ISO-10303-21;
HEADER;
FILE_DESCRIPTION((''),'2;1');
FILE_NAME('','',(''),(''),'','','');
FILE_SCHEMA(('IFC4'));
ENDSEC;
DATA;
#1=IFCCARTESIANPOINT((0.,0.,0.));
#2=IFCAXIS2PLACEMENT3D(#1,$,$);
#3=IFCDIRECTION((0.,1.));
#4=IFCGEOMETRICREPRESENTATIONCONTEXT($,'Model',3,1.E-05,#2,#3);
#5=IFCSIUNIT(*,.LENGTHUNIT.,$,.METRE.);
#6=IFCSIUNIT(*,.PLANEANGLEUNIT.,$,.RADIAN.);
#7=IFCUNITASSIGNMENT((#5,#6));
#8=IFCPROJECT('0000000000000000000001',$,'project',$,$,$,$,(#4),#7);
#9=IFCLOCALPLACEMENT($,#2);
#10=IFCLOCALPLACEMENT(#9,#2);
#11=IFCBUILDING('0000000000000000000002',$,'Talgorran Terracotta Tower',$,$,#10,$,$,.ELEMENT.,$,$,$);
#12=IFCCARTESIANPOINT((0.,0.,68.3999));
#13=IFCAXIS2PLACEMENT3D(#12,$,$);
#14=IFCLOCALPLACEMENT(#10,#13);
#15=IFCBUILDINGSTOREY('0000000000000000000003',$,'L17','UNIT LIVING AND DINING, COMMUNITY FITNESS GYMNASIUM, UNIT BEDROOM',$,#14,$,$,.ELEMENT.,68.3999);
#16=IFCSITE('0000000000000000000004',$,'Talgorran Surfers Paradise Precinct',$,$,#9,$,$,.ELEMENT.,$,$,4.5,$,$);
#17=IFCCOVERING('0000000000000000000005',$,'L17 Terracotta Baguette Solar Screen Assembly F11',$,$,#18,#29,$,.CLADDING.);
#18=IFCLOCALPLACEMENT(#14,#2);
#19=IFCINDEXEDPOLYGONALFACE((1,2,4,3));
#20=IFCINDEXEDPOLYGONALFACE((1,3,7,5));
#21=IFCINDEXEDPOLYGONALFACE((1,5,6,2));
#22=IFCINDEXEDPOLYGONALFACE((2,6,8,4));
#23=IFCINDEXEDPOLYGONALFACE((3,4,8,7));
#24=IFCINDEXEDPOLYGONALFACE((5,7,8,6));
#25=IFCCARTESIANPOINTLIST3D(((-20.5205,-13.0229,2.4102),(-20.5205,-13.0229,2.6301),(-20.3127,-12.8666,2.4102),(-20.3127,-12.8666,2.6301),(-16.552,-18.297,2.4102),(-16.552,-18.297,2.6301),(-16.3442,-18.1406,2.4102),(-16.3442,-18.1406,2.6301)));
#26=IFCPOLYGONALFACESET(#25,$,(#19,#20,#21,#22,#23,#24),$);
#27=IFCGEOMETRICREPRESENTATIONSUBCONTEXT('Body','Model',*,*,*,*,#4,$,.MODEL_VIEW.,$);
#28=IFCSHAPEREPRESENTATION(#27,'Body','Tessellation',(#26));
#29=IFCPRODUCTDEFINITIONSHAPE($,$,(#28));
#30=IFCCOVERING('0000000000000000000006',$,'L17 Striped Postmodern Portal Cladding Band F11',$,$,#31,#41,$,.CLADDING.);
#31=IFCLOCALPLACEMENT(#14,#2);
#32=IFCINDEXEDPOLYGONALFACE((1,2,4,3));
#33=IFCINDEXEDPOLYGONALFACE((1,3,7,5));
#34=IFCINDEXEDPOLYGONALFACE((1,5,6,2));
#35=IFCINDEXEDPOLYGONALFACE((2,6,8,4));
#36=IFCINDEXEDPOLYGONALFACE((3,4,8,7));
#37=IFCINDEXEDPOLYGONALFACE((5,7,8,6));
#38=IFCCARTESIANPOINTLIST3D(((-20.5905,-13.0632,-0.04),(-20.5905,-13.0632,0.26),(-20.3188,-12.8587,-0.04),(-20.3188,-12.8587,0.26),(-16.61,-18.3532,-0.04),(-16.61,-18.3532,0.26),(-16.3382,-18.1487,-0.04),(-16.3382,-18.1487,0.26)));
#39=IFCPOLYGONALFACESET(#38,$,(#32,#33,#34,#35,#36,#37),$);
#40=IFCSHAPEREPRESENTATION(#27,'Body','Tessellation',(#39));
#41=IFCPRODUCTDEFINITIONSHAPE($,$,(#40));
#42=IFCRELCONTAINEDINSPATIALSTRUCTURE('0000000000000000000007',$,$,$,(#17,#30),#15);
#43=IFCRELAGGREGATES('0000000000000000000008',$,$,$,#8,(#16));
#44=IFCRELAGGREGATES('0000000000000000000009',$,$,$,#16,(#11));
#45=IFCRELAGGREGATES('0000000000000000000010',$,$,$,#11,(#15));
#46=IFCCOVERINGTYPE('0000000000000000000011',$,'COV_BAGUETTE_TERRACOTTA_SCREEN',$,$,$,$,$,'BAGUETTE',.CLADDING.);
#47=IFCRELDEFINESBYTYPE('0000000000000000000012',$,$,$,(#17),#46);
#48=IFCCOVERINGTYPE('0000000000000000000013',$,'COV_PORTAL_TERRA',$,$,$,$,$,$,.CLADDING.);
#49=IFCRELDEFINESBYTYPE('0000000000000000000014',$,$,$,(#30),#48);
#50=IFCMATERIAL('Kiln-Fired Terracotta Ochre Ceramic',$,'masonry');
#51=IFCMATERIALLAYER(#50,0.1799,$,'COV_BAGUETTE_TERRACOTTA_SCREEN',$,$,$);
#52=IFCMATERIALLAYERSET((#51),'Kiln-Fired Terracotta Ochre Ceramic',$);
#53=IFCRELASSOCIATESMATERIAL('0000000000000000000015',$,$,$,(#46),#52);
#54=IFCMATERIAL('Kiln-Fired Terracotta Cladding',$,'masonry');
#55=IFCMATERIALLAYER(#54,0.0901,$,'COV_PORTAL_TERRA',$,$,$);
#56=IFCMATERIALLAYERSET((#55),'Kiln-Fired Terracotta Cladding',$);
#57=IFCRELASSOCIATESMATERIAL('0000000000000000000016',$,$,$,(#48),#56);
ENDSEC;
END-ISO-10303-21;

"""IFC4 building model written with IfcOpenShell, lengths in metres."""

from ifc_helpers import new_model, si_unit, direction, frame, origin, origin_2d, place, context, subcontext, project, spatial, rectangle, extrude, material, layer, layer_set, type_object, element, save


model = new_model("IFC4")

# Units and contexts
model_context = context("Model", 3, precision=1e-05, world=origin(), true_north=direction((0.0, 1.0)))
body_context = subcontext(model_context, "Body", "Model", "MODEL_VIEW")
ifc_project = project(units=[si_unit("LENGTHUNIT", "METRE"), si_unit("PLANEANGLEUNIT", "RADIAN")], contexts=[model_context])

# Site, building, storey
site_placement = place(None, origin())
site = spatial("IfcSite", under=ifc_project, at=site_placement, Name="Talgorran Surfers Paradise Precinct", CompositionType="ELEMENT", RefElevation=4.5)
building_placement = place(site_placement, origin())
building = spatial("IfcBuilding", under=site, at=building_placement, Name="Talgorran Terracotta Tower", CompositionType="ELEMENT")
storey_placement = place(building_placement, frame((0.0, 0.0, 68.3999)))
storey = spatial("IfcBuildingStorey", under=building, at=storey_placement, Name="L17", Description="UNIT LIVING AND DINING, COMMUNITY FITNESS GYMNASIUM, UNIT BEDROOM", CompositionType="ELEMENT", Elevation=68.3999)

# Coverings
ifc_material_1 = material(Name="Kiln-Fired Terracotta Ochre Ceramic", Category="masonry")
ifc_layer_1 = layer(ifc_material_1, 0.1799, Name="COV_BAGUETTE_TERRACOTTA_SCREEN")
ifc_layer_set_1 = layer_set([ifc_layer_1], Name="Kiln-Fired Terracotta Ochre Ceramic")
covering_type_1 = type_object("IfcCoveringType", Name="COV_BAGUETTE_TERRACOTTA_SCREEN", ElementType="BAGUETTE", PredefinedType="CLADDING", material=ifc_layer_set_1)
covering_1_placement = place(storey_placement, frame((-18.4324, -15.5818, 2.4102), z_axis=(0.0, 0.0, 1.0), x_axis=(0.601257, -0.799055, 0.0)))
element("IfcCovering", 1, at=covering_1_placement, inside=storey, type_object=covering_type_1, Name="L17 Terracotta Baguette Solar Screen Assembly F11", PredefinedType="CLADDING", context=body_context, shape_type="SweptSolid", body=[
    extrude(rectangle(XDim=6.6003, YDim=0.26, at=origin_2d()), origin(), (0.0, 0.0, 1.0), 0.22),
])
ifc_material_2 = material(Name="Kiln-Fired Terracotta Cladding", Category="masonry")
ifc_layer_2 = layer(ifc_material_2, 0.0901, Name="COV_PORTAL_TERRA")
ifc_layer_set_2 = layer_set([ifc_layer_2], Name="Kiln-Fired Terracotta Cladding")
covering_type_2 = type_object("IfcCoveringType", Name="COV_PORTAL_TERRA", PredefinedType="CLADDING", material=ifc_layer_set_2)
covering_2_placement = place(storey_placement, frame((-18.4644, -15.606, -0.04), z_axis=(0.0, 0.0, 1.0), x_axis=(0.601257, -0.799055, 0.0)))
element("IfcCovering", 2, at=covering_2_placement, inside=storey, type_object=covering_type_2, Name="L17 Striped Postmodern Portal Cladding Band F11", PredefinedType="CLADDING", context=body_context, shape_type="SweptSolid", body=[
    extrude(rectangle(XDim=6.6204, YDim=0.3401, at=origin_2d()), origin(), (0.0, 0.0, 1.0), 0.3),
])

save(model, "model.ifc")
